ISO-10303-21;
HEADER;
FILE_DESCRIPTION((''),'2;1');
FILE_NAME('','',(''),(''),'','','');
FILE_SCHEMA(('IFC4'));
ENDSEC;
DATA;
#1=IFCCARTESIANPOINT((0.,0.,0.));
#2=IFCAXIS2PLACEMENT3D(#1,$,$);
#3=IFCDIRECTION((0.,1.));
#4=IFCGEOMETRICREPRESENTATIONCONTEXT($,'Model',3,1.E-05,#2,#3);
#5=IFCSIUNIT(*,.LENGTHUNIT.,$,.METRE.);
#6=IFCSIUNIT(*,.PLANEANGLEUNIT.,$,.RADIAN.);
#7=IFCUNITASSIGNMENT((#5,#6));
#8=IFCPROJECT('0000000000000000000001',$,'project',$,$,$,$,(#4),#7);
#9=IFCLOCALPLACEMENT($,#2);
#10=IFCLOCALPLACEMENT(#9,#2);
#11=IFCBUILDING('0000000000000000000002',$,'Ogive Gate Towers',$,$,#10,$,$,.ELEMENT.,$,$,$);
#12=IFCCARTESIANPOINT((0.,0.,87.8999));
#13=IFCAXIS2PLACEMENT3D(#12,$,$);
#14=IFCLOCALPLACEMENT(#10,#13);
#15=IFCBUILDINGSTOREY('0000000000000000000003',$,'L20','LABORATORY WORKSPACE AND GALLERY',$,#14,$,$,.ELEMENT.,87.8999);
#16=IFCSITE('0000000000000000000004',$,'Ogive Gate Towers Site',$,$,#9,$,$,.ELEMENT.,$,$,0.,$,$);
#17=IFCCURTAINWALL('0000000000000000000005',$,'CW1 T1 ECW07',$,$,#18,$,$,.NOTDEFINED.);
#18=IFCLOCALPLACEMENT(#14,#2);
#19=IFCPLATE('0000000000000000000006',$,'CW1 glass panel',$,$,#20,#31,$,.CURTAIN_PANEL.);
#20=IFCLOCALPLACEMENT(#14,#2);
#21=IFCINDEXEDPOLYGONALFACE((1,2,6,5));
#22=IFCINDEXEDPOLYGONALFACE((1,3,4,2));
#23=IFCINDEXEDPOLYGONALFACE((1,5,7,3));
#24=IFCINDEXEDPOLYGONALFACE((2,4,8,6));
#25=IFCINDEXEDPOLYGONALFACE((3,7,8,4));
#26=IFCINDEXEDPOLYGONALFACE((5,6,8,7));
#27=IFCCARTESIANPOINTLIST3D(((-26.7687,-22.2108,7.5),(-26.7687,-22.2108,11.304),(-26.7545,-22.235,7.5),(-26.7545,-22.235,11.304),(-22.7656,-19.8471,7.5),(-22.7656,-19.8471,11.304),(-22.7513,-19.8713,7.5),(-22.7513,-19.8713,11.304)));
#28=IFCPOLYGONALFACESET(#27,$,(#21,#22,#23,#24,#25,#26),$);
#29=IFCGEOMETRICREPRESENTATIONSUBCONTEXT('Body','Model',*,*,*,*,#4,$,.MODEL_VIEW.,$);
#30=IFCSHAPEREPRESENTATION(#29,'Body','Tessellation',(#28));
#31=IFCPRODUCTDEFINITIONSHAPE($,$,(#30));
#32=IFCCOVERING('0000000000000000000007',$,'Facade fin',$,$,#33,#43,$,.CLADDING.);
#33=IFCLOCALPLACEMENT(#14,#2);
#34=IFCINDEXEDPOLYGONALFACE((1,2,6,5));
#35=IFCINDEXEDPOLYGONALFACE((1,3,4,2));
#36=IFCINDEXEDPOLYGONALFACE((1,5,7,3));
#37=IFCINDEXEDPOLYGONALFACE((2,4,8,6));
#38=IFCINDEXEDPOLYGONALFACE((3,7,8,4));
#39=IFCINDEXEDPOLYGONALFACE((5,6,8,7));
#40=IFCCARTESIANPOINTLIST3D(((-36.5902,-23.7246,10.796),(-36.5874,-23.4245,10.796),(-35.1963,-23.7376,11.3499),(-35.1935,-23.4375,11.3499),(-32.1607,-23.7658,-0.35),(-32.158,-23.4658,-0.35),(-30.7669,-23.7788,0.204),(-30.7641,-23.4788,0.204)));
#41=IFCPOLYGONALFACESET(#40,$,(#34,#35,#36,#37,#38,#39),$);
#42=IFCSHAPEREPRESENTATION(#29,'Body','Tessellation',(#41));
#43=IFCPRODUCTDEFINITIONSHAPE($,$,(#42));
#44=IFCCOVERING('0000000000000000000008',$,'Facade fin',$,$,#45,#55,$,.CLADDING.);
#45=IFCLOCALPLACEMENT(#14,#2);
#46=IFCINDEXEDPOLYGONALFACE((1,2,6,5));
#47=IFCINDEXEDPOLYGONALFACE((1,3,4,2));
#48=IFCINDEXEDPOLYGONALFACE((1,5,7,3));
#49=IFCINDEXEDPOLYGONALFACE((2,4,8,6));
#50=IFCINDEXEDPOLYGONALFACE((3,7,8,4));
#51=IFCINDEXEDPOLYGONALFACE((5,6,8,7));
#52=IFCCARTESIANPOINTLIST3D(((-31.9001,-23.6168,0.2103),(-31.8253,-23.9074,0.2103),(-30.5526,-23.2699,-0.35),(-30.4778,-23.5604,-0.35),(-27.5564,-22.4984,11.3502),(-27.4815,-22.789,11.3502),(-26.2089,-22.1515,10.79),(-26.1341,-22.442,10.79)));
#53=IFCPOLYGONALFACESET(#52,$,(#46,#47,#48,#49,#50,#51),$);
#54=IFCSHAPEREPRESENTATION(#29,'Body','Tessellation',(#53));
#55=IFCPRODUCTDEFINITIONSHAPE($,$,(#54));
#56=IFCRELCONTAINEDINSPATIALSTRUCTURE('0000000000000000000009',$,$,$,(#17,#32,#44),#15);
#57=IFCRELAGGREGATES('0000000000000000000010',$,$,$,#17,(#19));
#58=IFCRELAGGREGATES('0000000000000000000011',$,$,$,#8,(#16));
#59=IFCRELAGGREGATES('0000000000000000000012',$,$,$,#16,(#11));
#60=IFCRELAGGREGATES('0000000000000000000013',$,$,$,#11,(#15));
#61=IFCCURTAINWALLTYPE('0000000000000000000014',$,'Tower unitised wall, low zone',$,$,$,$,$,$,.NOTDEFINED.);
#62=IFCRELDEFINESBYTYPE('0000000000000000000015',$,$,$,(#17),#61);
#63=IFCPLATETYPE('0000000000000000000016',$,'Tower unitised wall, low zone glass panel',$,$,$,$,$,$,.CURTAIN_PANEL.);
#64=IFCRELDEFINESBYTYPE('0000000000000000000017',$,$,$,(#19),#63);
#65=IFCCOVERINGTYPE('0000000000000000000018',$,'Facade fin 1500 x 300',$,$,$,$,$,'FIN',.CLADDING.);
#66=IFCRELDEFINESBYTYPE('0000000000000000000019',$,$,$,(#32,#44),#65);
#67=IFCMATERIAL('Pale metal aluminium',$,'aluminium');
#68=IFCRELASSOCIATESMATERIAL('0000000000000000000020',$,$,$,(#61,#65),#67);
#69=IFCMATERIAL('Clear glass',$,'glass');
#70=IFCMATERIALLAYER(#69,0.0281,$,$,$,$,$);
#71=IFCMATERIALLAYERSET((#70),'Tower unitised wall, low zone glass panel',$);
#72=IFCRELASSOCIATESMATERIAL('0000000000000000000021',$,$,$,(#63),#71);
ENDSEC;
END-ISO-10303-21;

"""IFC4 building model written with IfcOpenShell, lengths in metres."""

from ifc_helpers import new_model, si_unit, direction, frame, origin, origin_2d, place, context, subcontext, project, spatial, rectangle, extrude, material, layer, layer_set, material_profile, profile_set, type_object, element, aggregate, save


model = new_model("IFC4")

# Units and contexts
model_context = context("Model", 3, precision=1e-05, world=origin(), true_north=direction((0.0, 1.0)))
body_context = subcontext(model_context, "Body", "Model", "MODEL_VIEW")
ifc_project = project(units=[si_unit("LENGTHUNIT", "METRE"), si_unit("PLANEANGLEUNIT", "RADIAN")], contexts=[model_context])

# Site, building, storey
site_placement = place(None, origin())
site = spatial("IfcSite", under=ifc_project, at=site_placement, Name="Ogive Gate Towers Site", CompositionType="ELEMENT", RefElevation=0.0)
building_placement = place(site_placement, origin())
building = spatial("IfcBuilding", under=site, at=building_placement, Name="Ogive Gate Towers", CompositionType="ELEMENT")
storey_placement = place(building_placement, frame((0.0, 0.0, 87.8999)))
storey = spatial("IfcBuildingStorey", under=building, at=storey_placement, Name="L20", Description="LABORATORY WORKSPACE AND GALLERY", CompositionType="ELEMENT", Elevation=87.8999)

# Curtain wall, plate
ifc_material_1 = material(Name="Pale metal aluminium", Category="aluminium")
curtain_wall_type = type_object("IfcCurtainWallType", Name="Tower unitised wall, low zone", PredefinedType="NOTDEFINED", material=ifc_material_1)
curtain_wall_placement = place(storey_placement, origin())
curtain_wall = element("IfcCurtainWall", 1, at=curtain_wall_placement, inside=storey, type_object=curtain_wall_type, Name="CW1 T1 ECW07", PredefinedType="NOTDEFINED")
ifc_material_2 = material(Name="Clear glass", Category="glass")
ifc_layer = layer(ifc_material_2, 0.0281)
ifc_layer_set = layer_set([ifc_layer], Name="Tower unitised wall, low zone glass panel")
plate_type = type_object("IfcPlateType", Name="Tower unitised wall, low zone glass panel", PredefinedType="CURTAIN_PANEL", material=ifc_layer_set)
plate_1_placement = place(storey_placement, frame((-24.76, -21.041, 7.5), z_axis=(0.0, 0.0, 1.0), x_axis=(0.861097, 0.50844, 0.0)))
plate_1 = element("IfcPlate", 2, at=plate_1_placement, type_object=plate_type, Name="CW1 glass panel", PredefinedType="CURTAIN_PANEL", context=body_context, shape_type="SweptSolid", body=[
    extrude(rectangle(XDim=4.6489, YDim=0.0281, at=origin_2d()), origin(), (0.0, 0.0, 1.0), 3.804),
])
aggregate(curtain_wall, [plate_1])

# Coverings
ifc_material_profile_1 = material_profile(ifc_material_1, rectangle(XDim=0.3, YDim=1.5, at=origin_2d()), Name="1500 x 300 pale metal aluminium")
ifc_profile_set_1 = profile_set([ifc_material_profile_1], Name="Pale metal aluminium")
covering_type = type_object("IfcCoveringType", Name="Facade fin 1500 x 300", ElementType="FIN", PredefinedType="CLADDING", material=ifc_profile_set_1)
covering_1_placement = place(storey_placement, frame((-31.4624, -23.6223, -0.073), z_axis=(-0.369306, 0.00344, 0.929301), x_axis=(-0.009314, -0.999957, 0.0)))
element("IfcCovering", 3, at=covering_1_placement, inside=storey, type_object=covering_type, Name="Facade fin", PredefinedType="CLADDING", context=body_context, shape_type="SweptSolid", body=[
    extrude(rectangle(XDim=0.3, YDim=1.5, at=origin_2d()), origin(), (0.0, 0.0, 1.0), 11.9939),
])
covering_2_placement = place(storey_placement, frame((-31.189, -23.5886, -0.0698), z_axis=(0.361708, 0.093131, 0.927628), x_axis=(-0.249343, 0.968415, 0.0)))
element("IfcCovering", 4, at=covering_2_placement, inside=storey, type_object=covering_type, Name="Facade fin", PredefinedType="CLADDING", context=body_context, shape_type="SweptSolid", body=[
    extrude(rectangle(XDim=0.3, YDim=1.5, at=origin_2d()), origin(), (0.0, 0.0, 1.0), 12.009),
])

save(model, "model.ifc")
